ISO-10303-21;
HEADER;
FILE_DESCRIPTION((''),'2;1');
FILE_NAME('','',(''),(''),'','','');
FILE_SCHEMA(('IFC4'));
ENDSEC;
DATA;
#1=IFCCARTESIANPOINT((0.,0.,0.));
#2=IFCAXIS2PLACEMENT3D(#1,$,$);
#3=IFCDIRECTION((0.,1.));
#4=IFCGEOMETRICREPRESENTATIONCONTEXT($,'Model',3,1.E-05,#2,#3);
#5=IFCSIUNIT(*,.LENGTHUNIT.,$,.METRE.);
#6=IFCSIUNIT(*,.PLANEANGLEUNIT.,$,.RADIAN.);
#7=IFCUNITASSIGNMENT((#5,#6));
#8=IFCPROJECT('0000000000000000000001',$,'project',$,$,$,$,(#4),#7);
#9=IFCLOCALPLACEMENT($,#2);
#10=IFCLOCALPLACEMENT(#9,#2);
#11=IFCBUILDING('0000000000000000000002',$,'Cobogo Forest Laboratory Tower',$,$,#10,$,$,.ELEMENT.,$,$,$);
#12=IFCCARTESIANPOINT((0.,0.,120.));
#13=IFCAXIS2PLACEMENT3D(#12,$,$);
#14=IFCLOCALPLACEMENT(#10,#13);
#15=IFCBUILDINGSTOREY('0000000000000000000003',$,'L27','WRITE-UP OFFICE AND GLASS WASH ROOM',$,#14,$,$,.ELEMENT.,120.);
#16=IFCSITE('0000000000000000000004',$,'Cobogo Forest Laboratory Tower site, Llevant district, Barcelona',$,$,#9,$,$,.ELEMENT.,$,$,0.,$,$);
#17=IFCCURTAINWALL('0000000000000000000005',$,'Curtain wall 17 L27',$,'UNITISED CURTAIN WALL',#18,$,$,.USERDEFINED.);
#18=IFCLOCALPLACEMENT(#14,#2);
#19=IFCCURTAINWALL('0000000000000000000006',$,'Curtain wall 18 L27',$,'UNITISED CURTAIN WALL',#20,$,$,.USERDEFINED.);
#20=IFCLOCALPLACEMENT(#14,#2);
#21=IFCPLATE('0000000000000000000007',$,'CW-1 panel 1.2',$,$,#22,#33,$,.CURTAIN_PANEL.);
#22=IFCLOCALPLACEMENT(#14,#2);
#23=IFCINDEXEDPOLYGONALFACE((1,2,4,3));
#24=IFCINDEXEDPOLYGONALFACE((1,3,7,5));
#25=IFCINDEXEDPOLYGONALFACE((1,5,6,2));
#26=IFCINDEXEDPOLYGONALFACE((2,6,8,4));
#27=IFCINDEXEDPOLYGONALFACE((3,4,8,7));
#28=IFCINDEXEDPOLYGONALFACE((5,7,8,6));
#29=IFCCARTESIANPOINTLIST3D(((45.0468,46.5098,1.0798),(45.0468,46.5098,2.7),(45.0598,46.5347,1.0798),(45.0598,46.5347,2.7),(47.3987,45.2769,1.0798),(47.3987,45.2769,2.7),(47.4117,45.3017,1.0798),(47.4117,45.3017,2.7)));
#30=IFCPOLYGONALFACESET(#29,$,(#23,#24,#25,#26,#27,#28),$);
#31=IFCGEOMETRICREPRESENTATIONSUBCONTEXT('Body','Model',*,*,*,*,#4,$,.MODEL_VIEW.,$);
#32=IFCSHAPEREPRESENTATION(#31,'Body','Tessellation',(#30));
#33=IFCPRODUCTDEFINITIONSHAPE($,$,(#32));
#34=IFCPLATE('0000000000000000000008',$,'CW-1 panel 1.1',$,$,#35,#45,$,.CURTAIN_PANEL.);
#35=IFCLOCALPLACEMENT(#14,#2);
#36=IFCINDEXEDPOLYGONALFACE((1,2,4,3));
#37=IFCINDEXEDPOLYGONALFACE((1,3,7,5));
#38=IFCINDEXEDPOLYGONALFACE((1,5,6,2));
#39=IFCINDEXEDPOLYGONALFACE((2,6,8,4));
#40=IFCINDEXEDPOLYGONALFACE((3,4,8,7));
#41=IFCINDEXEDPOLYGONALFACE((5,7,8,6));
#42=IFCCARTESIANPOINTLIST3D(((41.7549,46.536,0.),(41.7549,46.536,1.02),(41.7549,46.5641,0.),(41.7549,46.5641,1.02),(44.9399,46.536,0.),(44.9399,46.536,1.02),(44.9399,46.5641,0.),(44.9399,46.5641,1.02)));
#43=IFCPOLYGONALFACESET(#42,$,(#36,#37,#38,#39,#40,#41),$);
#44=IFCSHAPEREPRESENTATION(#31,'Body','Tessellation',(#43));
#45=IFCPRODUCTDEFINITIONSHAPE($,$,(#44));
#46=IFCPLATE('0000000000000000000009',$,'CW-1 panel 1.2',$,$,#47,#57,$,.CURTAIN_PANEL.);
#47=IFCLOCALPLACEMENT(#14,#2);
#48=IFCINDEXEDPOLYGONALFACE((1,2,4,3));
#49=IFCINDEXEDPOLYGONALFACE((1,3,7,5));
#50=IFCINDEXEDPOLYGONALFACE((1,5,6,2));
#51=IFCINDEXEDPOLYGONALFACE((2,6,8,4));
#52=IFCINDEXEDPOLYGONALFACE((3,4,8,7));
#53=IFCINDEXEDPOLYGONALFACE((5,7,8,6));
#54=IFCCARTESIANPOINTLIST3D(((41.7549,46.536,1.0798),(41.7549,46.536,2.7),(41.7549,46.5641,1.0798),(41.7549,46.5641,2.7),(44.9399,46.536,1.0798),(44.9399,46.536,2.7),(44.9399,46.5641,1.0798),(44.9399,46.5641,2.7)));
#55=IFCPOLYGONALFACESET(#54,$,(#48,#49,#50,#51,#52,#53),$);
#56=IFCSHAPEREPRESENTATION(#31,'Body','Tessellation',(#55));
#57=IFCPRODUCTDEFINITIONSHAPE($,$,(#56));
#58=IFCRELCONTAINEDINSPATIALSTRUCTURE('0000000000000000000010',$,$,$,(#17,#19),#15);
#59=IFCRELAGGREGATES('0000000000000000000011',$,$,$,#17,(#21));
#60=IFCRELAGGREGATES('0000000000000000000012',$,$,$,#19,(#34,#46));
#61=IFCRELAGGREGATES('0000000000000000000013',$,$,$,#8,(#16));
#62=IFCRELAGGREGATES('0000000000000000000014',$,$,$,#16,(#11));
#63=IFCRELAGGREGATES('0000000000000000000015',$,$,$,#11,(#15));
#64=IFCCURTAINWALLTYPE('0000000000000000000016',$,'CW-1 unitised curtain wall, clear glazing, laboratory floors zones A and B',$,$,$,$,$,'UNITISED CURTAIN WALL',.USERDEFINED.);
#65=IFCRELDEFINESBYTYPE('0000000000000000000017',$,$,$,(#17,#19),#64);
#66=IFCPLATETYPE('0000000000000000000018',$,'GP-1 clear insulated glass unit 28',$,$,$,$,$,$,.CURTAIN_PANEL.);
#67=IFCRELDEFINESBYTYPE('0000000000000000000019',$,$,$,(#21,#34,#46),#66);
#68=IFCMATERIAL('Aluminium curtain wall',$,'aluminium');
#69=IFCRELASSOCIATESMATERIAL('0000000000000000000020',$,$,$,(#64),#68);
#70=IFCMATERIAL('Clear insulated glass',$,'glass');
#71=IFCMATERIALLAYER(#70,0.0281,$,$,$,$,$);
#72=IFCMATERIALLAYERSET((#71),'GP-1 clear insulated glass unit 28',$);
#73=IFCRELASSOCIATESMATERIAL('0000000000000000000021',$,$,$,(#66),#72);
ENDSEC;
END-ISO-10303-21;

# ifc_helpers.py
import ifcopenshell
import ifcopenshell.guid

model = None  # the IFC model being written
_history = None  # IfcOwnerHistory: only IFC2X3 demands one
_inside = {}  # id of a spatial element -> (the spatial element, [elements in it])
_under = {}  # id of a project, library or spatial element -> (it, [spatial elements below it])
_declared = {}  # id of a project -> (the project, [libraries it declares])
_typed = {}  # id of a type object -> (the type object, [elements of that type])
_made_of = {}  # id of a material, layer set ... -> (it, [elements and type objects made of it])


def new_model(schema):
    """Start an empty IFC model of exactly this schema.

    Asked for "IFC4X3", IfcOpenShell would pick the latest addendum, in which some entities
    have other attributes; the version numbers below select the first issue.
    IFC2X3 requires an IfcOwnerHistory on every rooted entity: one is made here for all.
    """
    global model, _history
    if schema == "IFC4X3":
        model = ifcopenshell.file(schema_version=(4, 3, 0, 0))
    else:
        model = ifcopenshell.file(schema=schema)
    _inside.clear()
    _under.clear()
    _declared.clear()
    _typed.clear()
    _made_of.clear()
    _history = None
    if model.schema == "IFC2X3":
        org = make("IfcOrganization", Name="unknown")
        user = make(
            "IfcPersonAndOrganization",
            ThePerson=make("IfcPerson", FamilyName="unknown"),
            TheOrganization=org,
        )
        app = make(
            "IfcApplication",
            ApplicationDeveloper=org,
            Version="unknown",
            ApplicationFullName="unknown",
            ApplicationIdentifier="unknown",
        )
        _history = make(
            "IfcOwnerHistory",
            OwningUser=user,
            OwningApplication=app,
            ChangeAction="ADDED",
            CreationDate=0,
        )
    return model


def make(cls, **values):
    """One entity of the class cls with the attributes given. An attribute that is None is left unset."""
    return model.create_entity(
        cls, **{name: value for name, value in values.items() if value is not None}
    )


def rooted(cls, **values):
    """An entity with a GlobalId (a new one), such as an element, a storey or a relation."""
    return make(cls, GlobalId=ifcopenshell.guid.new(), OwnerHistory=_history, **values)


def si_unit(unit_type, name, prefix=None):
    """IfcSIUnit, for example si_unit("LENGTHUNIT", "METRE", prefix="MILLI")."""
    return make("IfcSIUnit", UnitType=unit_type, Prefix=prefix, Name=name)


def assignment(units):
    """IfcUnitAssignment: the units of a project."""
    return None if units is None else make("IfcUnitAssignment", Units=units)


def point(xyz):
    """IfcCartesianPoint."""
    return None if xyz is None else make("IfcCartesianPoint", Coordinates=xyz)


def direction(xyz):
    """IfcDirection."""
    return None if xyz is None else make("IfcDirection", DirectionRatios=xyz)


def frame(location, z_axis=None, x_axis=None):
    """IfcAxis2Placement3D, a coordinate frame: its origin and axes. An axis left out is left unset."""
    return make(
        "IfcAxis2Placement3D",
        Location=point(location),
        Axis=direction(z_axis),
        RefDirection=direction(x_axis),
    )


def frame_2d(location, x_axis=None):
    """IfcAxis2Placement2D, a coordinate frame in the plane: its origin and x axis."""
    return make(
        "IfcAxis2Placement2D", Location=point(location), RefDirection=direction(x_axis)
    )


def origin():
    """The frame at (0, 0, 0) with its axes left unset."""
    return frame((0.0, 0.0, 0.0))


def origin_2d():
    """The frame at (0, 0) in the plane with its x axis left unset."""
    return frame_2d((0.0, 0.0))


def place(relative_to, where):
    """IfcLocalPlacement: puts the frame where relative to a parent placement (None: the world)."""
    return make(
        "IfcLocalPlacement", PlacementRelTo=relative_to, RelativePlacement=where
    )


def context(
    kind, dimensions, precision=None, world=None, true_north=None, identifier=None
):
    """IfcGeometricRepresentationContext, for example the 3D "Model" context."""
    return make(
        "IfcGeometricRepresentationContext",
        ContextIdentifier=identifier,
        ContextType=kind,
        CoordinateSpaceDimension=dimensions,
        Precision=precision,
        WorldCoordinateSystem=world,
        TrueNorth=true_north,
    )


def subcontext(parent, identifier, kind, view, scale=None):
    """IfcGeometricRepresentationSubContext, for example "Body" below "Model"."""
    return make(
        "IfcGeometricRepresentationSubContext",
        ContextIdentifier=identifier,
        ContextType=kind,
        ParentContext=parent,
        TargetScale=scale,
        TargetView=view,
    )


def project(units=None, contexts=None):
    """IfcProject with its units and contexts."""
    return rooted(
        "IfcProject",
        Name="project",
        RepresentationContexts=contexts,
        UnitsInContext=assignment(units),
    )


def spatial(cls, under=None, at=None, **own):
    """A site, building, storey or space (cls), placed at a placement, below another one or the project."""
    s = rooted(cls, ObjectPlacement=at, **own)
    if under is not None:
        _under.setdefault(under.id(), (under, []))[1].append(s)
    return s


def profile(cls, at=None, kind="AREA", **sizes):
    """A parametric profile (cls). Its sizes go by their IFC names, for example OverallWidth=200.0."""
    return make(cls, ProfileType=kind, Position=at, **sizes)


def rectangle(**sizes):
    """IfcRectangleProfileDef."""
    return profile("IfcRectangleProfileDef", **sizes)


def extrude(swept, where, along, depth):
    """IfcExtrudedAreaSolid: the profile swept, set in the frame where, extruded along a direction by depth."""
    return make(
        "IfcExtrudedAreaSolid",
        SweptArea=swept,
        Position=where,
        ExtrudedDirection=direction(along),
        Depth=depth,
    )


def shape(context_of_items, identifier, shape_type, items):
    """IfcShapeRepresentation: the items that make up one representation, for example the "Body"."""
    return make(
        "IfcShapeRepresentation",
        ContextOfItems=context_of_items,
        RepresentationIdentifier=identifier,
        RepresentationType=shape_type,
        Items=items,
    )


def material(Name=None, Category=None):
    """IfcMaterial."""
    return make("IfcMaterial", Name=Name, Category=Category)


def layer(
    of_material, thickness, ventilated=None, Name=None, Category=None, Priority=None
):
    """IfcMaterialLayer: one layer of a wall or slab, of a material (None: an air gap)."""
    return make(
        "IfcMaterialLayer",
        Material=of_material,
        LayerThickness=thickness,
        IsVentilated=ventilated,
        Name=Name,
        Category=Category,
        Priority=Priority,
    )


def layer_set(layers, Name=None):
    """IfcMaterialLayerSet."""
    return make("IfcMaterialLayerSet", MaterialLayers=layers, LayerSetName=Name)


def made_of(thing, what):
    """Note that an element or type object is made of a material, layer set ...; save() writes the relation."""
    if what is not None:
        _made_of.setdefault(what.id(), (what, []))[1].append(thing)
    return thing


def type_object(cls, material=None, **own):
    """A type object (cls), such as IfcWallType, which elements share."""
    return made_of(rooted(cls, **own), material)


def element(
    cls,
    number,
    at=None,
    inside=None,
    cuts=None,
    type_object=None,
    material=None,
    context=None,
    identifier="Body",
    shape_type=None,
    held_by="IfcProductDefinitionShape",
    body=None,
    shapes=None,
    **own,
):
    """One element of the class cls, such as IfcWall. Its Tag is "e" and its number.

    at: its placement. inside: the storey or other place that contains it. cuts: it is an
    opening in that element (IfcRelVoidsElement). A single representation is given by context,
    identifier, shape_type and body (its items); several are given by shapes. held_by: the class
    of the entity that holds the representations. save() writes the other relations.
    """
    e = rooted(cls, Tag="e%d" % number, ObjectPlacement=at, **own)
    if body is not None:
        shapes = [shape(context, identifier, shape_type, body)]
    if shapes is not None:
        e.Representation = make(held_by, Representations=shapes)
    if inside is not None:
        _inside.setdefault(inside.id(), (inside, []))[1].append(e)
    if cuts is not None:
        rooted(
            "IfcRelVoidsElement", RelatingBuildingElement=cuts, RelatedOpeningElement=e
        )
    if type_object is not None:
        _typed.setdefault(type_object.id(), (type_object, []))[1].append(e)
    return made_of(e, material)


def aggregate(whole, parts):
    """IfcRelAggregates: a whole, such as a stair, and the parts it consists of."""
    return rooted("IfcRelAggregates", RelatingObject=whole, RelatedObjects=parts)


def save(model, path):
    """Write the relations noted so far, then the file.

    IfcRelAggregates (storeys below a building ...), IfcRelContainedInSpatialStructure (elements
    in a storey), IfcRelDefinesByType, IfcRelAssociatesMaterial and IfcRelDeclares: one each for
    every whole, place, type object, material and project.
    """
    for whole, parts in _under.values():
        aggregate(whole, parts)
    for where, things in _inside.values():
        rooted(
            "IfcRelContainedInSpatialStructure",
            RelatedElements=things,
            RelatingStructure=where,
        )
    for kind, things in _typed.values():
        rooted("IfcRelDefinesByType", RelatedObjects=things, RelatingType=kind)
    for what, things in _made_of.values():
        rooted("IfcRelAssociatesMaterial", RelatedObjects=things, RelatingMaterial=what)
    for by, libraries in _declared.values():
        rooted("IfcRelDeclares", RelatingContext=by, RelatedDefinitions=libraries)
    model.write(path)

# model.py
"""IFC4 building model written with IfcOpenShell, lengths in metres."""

from ifc_helpers import new_model, si_unit, direction, frame, origin, origin_2d, place, context, subcontext, project, spatial, rectangle, extrude, material, layer, layer_set, type_object, element, aggregate, save


model = new_model("IFC4")

# Units and contexts
model_context = context("Model", 3, precision=1e-05, world=origin(), true_north=direction((0.0, 1.0)))
body_context = subcontext(model_context, "Body", "Model", "MODEL_VIEW")
ifc_project = project(units=[si_unit("LENGTHUNIT", "METRE"), si_unit("PLANEANGLEUNIT", "RADIAN")], contexts=[model_context])

# Site, building, storey
site_placement = place(None, origin())
site = spatial("IfcSite", under=ifc_project, at=site_placement, Name="Cobogo Forest Laboratory Tower site, Llevant district, Barcelona", CompositionType="ELEMENT", RefElevation=0.0)
building_placement = place(site_placement, origin())
building = spatial("IfcBuilding", under=site, at=building_placement, Name="Cobogo Forest Laboratory Tower", CompositionType="ELEMENT")
storey_placement = place(building_placement, frame((0.0, 0.0, 120.0)))
storey = spatial("IfcBuildingStorey", under=building, at=storey_placement, Name="L27", Description="WRITE-UP OFFICE AND GLASS WASH ROOM", CompositionType="ELEMENT", Elevation=120.0)

# Curtain wall
ifc_material_1 = material(Name="Aluminium curtain wall", Category="aluminium")
curtain_wall_type = type_object("IfcCurtainWallType", Name="CW-1 unitised curtain wall, clear glazing, laboratory floors zones A and B", ElementType="UNITISED CURTAIN WALL", PredefinedType="USERDEFINED", material=ifc_material_1)
curtain_wall_1_placement = place(storey_placement, origin())
curtain_wall_1 = element("IfcCurtainWall", 1, at=curtain_wall_1_placement, inside=storey, type_object=curtain_wall_type, Name="Curtain wall 17 L27", ObjectType="UNITISED CURTAIN WALL", PredefinedType="USERDEFINED")

# Curtain wall
curtain_wall_2_placement = place(storey_placement, origin())
curtain_wall_2 = element("IfcCurtainWall", 2, at=curtain_wall_2_placement, inside=storey, type_object=curtain_wall_type, Name="Curtain wall 18 L27", ObjectType="UNITISED CURTAIN WALL", PredefinedType="USERDEFINED")

# Plates
ifc_material_2 = material(Name="Clear insulated glass", Category="glass")
ifc_layer = layer(ifc_material_2, 0.0281)
ifc_layer_set = layer_set([ifc_layer], Name="GP-1 clear insulated glass unit 28")
plate_type = type_object("IfcPlateType", Name="GP-1 clear insulated glass unit 28", PredefinedType="CURTAIN_PANEL", material=ifc_layer_set)
plate_1_placement = place(storey_placement, frame((46.2292, 45.9058, 1.0798), z_axis=(0.0, 0.0, 1.0), x_axis=(-0.885687, 0.464284, 0.0)))
plate_1 = element("IfcPlate", 3, at=plate_1_placement, type_object=plate_type, Name="CW-1 panel 1.2", PredefinedType="CURTAIN_PANEL", context=body_context, shape_type="SweptSolid", body=[
    extrude(rectangle(XDim=2.6555, YDim=0.0281, at=origin_2d()), origin(), (0.0, 0.0, 1.0), 1.6201),
])
aggregate(curtain_wall_1, [plate_1])
plate_2_placement = place(storey_placement, frame((43.3474, 46.55, 0.0), z_axis=(0.0, 0.0, 1.0), x_axis=(-1.0, 0.0, 0.0)))
plate_2 = element("IfcPlate", 4, at=plate_2_placement, type_object=plate_type, Name="CW-1 panel 1.1", PredefinedType="CURTAIN_PANEL", context=body_context, shape_type="SweptSolid", body=[
    extrude(rectangle(XDim=3.1851, YDim=0.0281, at=origin_2d()), origin(), (0.0, 0.0, 1.0), 1.02),
])
plate_3_placement = place(storey_placement, frame((43.3474, 46.55, 1.0798), z_axis=(0.0, 0.0, 1.0), x_axis=(-1.0, 0.0, 0.0)))
plate_3 = element("IfcPlate", 5, at=plate_3_placement, type_object=plate_type, Name="CW-1 panel 1.2", PredefinedType="CURTAIN_PANEL", context=body_context, shape_type="SweptSolid", body=[
    extrude(rectangle(XDim=3.1851, YDim=0.0281, at=origin_2d()), origin(), (0.0, 0.0, 1.0), 1.6201),
])
aggregate(curtain_wall_2, [plate_2, plate_3])

save(model, "model.ifc")
